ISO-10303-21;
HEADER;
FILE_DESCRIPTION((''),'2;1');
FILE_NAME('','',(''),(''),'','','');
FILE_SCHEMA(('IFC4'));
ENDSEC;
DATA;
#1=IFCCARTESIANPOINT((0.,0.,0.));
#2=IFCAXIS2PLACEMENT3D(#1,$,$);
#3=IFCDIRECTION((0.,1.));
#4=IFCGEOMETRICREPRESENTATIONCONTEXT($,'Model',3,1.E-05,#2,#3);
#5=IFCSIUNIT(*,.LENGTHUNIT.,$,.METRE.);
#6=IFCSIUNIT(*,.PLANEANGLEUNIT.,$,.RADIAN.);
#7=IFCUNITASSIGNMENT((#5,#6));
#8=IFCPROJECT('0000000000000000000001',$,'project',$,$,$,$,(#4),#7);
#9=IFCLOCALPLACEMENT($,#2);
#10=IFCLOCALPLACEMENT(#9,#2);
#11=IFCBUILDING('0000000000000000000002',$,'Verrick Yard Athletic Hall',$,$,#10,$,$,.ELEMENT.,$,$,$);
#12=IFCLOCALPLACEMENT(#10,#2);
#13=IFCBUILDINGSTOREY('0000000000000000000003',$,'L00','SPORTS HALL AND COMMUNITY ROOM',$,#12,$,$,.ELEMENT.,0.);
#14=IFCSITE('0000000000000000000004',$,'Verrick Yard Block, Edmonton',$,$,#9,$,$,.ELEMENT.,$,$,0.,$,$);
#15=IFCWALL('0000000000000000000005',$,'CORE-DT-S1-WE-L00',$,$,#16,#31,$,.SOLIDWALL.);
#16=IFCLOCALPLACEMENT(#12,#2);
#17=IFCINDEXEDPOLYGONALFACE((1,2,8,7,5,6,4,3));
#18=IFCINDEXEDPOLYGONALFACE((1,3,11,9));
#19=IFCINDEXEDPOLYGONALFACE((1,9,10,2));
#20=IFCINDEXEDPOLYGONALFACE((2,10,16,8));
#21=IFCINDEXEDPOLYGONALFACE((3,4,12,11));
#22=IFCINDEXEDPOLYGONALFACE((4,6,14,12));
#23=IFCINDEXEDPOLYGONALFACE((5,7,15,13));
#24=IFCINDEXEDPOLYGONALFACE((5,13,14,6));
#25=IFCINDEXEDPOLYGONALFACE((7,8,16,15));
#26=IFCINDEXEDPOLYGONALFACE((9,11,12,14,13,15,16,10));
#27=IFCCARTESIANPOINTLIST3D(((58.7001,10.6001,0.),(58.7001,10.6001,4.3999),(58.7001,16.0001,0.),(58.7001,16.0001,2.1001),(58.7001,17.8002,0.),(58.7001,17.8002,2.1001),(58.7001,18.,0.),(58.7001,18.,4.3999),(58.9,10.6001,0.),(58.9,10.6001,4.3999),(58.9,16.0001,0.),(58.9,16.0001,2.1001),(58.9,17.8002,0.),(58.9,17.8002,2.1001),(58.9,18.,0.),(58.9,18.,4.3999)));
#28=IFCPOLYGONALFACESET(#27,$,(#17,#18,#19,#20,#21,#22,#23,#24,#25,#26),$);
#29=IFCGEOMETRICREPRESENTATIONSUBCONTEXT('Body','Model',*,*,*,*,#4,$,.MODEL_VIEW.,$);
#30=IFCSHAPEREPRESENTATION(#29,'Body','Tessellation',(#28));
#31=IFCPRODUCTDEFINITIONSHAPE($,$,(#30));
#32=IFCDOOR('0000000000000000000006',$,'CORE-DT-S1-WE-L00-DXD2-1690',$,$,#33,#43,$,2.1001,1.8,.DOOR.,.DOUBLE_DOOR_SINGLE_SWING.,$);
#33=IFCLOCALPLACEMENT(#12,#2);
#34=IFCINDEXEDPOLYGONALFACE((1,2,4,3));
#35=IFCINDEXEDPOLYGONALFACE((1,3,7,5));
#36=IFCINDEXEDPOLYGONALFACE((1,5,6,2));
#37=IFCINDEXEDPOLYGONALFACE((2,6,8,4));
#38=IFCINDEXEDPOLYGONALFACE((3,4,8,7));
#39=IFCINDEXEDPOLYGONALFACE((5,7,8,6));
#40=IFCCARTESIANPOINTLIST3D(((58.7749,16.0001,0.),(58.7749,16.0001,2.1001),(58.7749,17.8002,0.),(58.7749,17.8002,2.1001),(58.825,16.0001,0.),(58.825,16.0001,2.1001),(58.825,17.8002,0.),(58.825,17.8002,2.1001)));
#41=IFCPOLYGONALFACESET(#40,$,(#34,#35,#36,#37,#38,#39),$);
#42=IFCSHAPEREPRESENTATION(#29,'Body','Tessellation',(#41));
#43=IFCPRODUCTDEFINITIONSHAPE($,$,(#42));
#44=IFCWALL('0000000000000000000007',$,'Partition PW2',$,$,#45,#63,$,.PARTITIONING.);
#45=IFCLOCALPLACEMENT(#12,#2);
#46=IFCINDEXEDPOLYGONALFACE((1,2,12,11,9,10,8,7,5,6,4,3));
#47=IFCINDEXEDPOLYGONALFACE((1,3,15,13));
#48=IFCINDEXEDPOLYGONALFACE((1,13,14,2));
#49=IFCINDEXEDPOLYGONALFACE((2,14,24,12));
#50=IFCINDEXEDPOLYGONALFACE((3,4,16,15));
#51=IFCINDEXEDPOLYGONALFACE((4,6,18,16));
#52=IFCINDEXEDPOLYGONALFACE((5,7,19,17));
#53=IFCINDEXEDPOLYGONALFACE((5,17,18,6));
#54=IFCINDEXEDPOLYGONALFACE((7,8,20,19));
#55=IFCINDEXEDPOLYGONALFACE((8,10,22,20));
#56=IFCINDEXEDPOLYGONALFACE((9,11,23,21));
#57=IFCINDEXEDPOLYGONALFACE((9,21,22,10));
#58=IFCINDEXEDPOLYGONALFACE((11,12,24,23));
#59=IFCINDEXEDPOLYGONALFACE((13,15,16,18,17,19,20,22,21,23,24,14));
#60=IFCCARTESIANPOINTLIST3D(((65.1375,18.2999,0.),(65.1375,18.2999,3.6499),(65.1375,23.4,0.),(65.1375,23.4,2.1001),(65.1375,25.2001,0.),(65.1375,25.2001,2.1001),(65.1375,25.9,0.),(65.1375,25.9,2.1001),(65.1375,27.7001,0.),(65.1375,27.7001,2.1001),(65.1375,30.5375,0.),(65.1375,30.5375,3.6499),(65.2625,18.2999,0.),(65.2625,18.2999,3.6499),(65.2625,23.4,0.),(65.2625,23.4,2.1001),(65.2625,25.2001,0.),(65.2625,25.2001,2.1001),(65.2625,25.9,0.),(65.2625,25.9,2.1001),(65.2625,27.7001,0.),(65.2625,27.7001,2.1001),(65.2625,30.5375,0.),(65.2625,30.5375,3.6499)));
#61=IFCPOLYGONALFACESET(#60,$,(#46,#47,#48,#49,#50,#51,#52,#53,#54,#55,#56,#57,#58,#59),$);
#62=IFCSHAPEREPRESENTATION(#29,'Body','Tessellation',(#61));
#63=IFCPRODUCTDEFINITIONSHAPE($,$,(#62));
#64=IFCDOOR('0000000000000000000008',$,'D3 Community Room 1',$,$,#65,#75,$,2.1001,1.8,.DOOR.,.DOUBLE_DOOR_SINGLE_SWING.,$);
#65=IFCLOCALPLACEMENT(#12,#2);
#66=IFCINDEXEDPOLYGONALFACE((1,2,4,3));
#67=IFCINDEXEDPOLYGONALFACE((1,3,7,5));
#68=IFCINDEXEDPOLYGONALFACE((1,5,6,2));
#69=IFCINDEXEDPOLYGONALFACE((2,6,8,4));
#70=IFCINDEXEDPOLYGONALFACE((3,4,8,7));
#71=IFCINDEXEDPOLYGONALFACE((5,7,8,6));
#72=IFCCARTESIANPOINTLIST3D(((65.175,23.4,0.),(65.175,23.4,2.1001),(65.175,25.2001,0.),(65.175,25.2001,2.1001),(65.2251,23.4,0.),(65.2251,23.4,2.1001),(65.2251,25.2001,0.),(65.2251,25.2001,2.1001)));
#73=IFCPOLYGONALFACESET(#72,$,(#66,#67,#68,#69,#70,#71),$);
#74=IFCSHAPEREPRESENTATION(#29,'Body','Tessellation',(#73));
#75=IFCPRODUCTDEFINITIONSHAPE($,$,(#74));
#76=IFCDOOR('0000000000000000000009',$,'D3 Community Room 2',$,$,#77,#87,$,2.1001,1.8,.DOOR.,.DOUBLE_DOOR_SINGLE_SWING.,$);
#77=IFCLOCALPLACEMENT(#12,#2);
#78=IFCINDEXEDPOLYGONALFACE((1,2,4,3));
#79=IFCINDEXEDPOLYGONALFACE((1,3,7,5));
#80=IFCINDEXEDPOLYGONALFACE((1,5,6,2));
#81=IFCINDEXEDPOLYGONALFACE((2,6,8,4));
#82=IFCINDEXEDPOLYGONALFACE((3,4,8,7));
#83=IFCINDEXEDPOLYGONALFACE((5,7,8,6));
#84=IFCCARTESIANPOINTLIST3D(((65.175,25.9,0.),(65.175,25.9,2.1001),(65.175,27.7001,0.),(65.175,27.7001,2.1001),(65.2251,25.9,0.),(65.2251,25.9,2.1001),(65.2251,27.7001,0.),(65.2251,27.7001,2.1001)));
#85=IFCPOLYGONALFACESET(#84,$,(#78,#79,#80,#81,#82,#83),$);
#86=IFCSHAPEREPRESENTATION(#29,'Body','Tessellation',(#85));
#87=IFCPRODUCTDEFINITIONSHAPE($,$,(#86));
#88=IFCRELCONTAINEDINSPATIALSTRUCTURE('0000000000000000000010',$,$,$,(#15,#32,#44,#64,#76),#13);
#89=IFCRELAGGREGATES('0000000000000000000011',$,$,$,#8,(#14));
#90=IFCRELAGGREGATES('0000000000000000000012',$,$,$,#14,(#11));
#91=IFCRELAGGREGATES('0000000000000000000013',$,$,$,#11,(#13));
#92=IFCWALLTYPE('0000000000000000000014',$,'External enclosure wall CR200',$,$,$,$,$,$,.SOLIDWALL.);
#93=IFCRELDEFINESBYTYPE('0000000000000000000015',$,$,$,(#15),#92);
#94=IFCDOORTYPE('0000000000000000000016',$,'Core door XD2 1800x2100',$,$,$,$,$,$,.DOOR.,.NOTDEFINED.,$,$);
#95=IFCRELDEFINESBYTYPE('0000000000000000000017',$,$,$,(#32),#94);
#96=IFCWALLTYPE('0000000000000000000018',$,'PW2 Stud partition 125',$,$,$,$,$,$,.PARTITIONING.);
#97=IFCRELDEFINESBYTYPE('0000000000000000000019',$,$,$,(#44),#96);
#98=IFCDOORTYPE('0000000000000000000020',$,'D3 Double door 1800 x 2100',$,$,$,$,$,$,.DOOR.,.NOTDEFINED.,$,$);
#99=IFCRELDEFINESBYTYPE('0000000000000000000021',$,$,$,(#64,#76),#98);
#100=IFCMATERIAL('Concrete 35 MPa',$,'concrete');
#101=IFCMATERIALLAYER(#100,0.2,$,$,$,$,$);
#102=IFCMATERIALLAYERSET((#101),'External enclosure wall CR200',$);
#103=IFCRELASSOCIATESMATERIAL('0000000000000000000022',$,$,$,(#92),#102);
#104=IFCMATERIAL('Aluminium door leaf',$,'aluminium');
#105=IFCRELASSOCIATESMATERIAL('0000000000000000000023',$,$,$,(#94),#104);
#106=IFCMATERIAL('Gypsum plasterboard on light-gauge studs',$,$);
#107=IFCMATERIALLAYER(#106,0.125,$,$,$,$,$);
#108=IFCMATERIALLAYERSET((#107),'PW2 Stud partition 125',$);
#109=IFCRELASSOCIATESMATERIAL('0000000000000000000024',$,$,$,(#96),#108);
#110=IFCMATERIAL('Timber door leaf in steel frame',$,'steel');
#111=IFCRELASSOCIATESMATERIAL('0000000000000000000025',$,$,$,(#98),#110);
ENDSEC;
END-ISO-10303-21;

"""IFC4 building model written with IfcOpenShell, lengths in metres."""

from ifc_helpers import new_model, si_unit, direction, frame, frame_2d, origin, place, context, subcontext, project, spatial, rectangle, extrude, material, layer, layer_set, type_object, element, fill, save


model = new_model("IFC4")

# Units and contexts
model_context = context("Model", 3, precision=1e-05, world=origin(), true_north=direction((0.0, 1.0)))
body_context = subcontext(model_context, "Body", "Model", "MODEL_VIEW")
ifc_project = project(units=[si_unit("LENGTHUNIT", "METRE"), si_unit("PLANEANGLEUNIT", "RADIAN")], contexts=[model_context])

# Site, building, storey
site_placement = place(None, origin())
site = spatial("IfcSite", under=ifc_project, at=site_placement, Name="Verrick Yard Block, Edmonton", CompositionType="ELEMENT", RefElevation=0.0)
building_placement = place(site_placement, origin())
building = spatial("IfcBuilding", under=site, at=building_placement, Name="Verrick Yard Athletic Hall", CompositionType="ELEMENT")
storey_placement = place(building_placement, origin())
storey = spatial("IfcBuildingStorey", under=building, at=storey_placement, Name="L00", Description="SPORTS HALL AND COMMUNITY ROOM", CompositionType="ELEMENT", Elevation=0.0)

# Shared definitions
ifc_material_1 = material(Name="Concrete 35 MPa", Category="concrete")

# Wall, opening, door
ifc_layer_1 = layer(ifc_material_1, 0.2)
ifc_layer_set_1 = layer_set([ifc_layer_1], Name="External enclosure wall CR200")
wall_type_1 = type_object("IfcWallType", Name="External enclosure wall CR200", PredefinedType="SOLIDWALL", material=ifc_layer_set_1)
wall_1_placement = place(storey_placement, frame((58.8, 18.0, 0.0), z_axis=(0.0, 0.0, 1.0), x_axis=(0.0, -1.0, 0.0)))
wall_1 = element("IfcWall", 1, at=wall_1_placement, inside=storey, type_object=wall_type_1, Name="CORE-DT-S1-WE-L00", PredefinedType="SOLIDWALL", context=body_context, shape_type="SweptSolid", body=[
    extrude(rectangle(XDim=7.3999, YDim=0.2, at=frame_2d((3.7, 0.0))), origin(), (0.0, 0.0, 1.0), 4.3999),
])
opening_1_placement = place(wall_1_placement, frame((0.2, 0.0, 0.0)))
opening_1 = element("IfcOpeningElement", 2, at=opening_1_placement, cuts=wall_1, PredefinedType="OPENING", context=body_context, shape_type="SweptSolid", body=[
    extrude(rectangle(XDim=1.8, YDim=2.1001, at=frame_2d((0.8999, 1.05))), frame((0.0, 0.1099, 0.0), z_axis=(0.0, -1.0, 0.0), x_axis=(1.0, 0.0, 0.0)), (0.0, 0.0, 1.0), 0.22),
])
ifc_material_2 = material(Name="Aluminium door leaf", Category="aluminium")
door_type_1 = type_object("IfcDoorType", Name="Core door XD2 1800x2100", OperationType="NOTDEFINED", PredefinedType="DOOR", material=ifc_material_2)
door_1_placement = place(opening_1_placement, origin())
door_1 = element("IfcDoor", 3, at=door_1_placement, inside=storey, type_object=door_type_1, Name="CORE-DT-S1-WE-L00-DXD2-1690", OperationType="DOUBLE_DOOR_SINGLE_SWING", OverallHeight=2.1001, OverallWidth=1.8, PredefinedType="DOOR", context=body_context, shape_type="SweptSolid", body=[
    extrude(rectangle(XDim=1.8, YDim=2.1001, at=frame_2d((0.8999, 1.05))), frame((0.0, 0.0249, 0.0), z_axis=(0.0, -1.0, 0.0), x_axis=(1.0, 0.0, 0.0)), (0.0, 0.0, 1.0), 0.05),
])
fill(opening_1, door_1)

# Wall, openings, doors
ifc_material_3 = material(Name="Gypsum plasterboard on light-gauge studs")
ifc_layer_2 = layer(ifc_material_3, 0.125)
ifc_layer_set_2 = layer_set([ifc_layer_2], Name="PW2 Stud partition 125")
wall_type_2 = type_object("IfcWallType", Name="PW2 Stud partition 125", PredefinedType="PARTITIONING", material=ifc_layer_set_2)
wall_2_placement = place(storey_placement, frame((65.2, 18.3, 0.0), z_axis=(0.0, 0.0, 1.0), x_axis=(0.0, 1.0, 0.0)))
wall_2 = element("IfcWall", 4, at=wall_2_placement, inside=storey, type_object=wall_type_2, Name="Partition PW2", PredefinedType="PARTITIONING", context=body_context, shape_type="SweptSolid", body=[
    extrude(rectangle(XDim=12.2375, YDim=0.125, at=frame_2d((6.1187, 0.0))), origin(), (0.0, 0.0, 1.0), 3.6499),
])
opening_2_placement = place(wall_2_placement, frame((5.1001, 0.0, 0.0)))
opening_2 = element("IfcOpeningElement", 5, at=opening_2_placement, cuts=wall_2, PredefinedType="OPENING", context=body_context, shape_type="SweptSolid", body=[
    extrude(rectangle(XDim=1.8, YDim=2.1001, at=frame_2d((0.8999, 1.05))), frame((0.0, 0.0725, 0.0), z_axis=(0.0, -1.0, 0.0), x_axis=(1.0, 0.0, 0.0)), (0.0, 0.0, 1.0), 0.145),
])
opening_3_placement = place(wall_2_placement, frame((7.6001, 0.0, 0.0)))
opening_3 = element("IfcOpeningElement", 6, at=opening_3_placement, cuts=wall_2, PredefinedType="OPENING", context=body_context, shape_type="SweptSolid", body=[
    extrude(rectangle(XDim=1.8, YDim=2.1001, at=frame_2d((0.8999, 1.05))), frame((0.0, 0.0725, 0.0), z_axis=(0.0, -1.0, 0.0), x_axis=(1.0, 0.0, 0.0)), (0.0, 0.0, 1.0), 0.145),
])
ifc_material_4 = material(Name="Timber door leaf in steel frame", Category="steel")
door_type_2 = type_object("IfcDoorType", Name="D3 Double door 1800 x 2100", OperationType="NOTDEFINED", PredefinedType="DOOR", material=ifc_material_4)
door_2_placement = place(opening_2_placement, origin())
door_2 = element("IfcDoor", 7, at=door_2_placement, inside=storey, type_object=door_type_2, Name="D3 Community Room 1", OperationType="DOUBLE_DOOR_SINGLE_SWING", OverallHeight=2.1001, OverallWidth=1.8, PredefinedType="DOOR", context=body_context, shape_type="SweptSolid", body=[
    extrude(rectangle(XDim=1.8, YDim=2.1001, at=frame_2d((0.8999, 1.05))), frame((0.0, 0.0249, 0.0), z_axis=(0.0, -1.0, 0.0), x_axis=(1.0, 0.0, 0.0)), (0.0, 0.0, 1.0), 0.05),
])
fill(opening_2, door_2)
door_3_placement = place(opening_3_placement, origin())
door_3 = element("IfcDoor", 8, at=door_3_placement, inside=storey, type_object=door_type_2, Name="D3 Community Room 2", OperationType="DOUBLE_DOOR_SINGLE_SWING", OverallHeight=2.1001, OverallWidth=1.8, PredefinedType="DOOR", context=body_context, shape_type="SweptSolid", body=[
    extrude(rectangle(XDim=1.8, YDim=2.1001, at=frame_2d((0.8999, 1.05))), frame((0.0, 0.0249, 0.0), z_axis=(0.0, -1.0, 0.0), x_axis=(1.0, 0.0, 0.0)), (0.0, 0.0, 1.0), 0.05),
])
fill(opening_3, door_3)

save(model, "model.ifc")
